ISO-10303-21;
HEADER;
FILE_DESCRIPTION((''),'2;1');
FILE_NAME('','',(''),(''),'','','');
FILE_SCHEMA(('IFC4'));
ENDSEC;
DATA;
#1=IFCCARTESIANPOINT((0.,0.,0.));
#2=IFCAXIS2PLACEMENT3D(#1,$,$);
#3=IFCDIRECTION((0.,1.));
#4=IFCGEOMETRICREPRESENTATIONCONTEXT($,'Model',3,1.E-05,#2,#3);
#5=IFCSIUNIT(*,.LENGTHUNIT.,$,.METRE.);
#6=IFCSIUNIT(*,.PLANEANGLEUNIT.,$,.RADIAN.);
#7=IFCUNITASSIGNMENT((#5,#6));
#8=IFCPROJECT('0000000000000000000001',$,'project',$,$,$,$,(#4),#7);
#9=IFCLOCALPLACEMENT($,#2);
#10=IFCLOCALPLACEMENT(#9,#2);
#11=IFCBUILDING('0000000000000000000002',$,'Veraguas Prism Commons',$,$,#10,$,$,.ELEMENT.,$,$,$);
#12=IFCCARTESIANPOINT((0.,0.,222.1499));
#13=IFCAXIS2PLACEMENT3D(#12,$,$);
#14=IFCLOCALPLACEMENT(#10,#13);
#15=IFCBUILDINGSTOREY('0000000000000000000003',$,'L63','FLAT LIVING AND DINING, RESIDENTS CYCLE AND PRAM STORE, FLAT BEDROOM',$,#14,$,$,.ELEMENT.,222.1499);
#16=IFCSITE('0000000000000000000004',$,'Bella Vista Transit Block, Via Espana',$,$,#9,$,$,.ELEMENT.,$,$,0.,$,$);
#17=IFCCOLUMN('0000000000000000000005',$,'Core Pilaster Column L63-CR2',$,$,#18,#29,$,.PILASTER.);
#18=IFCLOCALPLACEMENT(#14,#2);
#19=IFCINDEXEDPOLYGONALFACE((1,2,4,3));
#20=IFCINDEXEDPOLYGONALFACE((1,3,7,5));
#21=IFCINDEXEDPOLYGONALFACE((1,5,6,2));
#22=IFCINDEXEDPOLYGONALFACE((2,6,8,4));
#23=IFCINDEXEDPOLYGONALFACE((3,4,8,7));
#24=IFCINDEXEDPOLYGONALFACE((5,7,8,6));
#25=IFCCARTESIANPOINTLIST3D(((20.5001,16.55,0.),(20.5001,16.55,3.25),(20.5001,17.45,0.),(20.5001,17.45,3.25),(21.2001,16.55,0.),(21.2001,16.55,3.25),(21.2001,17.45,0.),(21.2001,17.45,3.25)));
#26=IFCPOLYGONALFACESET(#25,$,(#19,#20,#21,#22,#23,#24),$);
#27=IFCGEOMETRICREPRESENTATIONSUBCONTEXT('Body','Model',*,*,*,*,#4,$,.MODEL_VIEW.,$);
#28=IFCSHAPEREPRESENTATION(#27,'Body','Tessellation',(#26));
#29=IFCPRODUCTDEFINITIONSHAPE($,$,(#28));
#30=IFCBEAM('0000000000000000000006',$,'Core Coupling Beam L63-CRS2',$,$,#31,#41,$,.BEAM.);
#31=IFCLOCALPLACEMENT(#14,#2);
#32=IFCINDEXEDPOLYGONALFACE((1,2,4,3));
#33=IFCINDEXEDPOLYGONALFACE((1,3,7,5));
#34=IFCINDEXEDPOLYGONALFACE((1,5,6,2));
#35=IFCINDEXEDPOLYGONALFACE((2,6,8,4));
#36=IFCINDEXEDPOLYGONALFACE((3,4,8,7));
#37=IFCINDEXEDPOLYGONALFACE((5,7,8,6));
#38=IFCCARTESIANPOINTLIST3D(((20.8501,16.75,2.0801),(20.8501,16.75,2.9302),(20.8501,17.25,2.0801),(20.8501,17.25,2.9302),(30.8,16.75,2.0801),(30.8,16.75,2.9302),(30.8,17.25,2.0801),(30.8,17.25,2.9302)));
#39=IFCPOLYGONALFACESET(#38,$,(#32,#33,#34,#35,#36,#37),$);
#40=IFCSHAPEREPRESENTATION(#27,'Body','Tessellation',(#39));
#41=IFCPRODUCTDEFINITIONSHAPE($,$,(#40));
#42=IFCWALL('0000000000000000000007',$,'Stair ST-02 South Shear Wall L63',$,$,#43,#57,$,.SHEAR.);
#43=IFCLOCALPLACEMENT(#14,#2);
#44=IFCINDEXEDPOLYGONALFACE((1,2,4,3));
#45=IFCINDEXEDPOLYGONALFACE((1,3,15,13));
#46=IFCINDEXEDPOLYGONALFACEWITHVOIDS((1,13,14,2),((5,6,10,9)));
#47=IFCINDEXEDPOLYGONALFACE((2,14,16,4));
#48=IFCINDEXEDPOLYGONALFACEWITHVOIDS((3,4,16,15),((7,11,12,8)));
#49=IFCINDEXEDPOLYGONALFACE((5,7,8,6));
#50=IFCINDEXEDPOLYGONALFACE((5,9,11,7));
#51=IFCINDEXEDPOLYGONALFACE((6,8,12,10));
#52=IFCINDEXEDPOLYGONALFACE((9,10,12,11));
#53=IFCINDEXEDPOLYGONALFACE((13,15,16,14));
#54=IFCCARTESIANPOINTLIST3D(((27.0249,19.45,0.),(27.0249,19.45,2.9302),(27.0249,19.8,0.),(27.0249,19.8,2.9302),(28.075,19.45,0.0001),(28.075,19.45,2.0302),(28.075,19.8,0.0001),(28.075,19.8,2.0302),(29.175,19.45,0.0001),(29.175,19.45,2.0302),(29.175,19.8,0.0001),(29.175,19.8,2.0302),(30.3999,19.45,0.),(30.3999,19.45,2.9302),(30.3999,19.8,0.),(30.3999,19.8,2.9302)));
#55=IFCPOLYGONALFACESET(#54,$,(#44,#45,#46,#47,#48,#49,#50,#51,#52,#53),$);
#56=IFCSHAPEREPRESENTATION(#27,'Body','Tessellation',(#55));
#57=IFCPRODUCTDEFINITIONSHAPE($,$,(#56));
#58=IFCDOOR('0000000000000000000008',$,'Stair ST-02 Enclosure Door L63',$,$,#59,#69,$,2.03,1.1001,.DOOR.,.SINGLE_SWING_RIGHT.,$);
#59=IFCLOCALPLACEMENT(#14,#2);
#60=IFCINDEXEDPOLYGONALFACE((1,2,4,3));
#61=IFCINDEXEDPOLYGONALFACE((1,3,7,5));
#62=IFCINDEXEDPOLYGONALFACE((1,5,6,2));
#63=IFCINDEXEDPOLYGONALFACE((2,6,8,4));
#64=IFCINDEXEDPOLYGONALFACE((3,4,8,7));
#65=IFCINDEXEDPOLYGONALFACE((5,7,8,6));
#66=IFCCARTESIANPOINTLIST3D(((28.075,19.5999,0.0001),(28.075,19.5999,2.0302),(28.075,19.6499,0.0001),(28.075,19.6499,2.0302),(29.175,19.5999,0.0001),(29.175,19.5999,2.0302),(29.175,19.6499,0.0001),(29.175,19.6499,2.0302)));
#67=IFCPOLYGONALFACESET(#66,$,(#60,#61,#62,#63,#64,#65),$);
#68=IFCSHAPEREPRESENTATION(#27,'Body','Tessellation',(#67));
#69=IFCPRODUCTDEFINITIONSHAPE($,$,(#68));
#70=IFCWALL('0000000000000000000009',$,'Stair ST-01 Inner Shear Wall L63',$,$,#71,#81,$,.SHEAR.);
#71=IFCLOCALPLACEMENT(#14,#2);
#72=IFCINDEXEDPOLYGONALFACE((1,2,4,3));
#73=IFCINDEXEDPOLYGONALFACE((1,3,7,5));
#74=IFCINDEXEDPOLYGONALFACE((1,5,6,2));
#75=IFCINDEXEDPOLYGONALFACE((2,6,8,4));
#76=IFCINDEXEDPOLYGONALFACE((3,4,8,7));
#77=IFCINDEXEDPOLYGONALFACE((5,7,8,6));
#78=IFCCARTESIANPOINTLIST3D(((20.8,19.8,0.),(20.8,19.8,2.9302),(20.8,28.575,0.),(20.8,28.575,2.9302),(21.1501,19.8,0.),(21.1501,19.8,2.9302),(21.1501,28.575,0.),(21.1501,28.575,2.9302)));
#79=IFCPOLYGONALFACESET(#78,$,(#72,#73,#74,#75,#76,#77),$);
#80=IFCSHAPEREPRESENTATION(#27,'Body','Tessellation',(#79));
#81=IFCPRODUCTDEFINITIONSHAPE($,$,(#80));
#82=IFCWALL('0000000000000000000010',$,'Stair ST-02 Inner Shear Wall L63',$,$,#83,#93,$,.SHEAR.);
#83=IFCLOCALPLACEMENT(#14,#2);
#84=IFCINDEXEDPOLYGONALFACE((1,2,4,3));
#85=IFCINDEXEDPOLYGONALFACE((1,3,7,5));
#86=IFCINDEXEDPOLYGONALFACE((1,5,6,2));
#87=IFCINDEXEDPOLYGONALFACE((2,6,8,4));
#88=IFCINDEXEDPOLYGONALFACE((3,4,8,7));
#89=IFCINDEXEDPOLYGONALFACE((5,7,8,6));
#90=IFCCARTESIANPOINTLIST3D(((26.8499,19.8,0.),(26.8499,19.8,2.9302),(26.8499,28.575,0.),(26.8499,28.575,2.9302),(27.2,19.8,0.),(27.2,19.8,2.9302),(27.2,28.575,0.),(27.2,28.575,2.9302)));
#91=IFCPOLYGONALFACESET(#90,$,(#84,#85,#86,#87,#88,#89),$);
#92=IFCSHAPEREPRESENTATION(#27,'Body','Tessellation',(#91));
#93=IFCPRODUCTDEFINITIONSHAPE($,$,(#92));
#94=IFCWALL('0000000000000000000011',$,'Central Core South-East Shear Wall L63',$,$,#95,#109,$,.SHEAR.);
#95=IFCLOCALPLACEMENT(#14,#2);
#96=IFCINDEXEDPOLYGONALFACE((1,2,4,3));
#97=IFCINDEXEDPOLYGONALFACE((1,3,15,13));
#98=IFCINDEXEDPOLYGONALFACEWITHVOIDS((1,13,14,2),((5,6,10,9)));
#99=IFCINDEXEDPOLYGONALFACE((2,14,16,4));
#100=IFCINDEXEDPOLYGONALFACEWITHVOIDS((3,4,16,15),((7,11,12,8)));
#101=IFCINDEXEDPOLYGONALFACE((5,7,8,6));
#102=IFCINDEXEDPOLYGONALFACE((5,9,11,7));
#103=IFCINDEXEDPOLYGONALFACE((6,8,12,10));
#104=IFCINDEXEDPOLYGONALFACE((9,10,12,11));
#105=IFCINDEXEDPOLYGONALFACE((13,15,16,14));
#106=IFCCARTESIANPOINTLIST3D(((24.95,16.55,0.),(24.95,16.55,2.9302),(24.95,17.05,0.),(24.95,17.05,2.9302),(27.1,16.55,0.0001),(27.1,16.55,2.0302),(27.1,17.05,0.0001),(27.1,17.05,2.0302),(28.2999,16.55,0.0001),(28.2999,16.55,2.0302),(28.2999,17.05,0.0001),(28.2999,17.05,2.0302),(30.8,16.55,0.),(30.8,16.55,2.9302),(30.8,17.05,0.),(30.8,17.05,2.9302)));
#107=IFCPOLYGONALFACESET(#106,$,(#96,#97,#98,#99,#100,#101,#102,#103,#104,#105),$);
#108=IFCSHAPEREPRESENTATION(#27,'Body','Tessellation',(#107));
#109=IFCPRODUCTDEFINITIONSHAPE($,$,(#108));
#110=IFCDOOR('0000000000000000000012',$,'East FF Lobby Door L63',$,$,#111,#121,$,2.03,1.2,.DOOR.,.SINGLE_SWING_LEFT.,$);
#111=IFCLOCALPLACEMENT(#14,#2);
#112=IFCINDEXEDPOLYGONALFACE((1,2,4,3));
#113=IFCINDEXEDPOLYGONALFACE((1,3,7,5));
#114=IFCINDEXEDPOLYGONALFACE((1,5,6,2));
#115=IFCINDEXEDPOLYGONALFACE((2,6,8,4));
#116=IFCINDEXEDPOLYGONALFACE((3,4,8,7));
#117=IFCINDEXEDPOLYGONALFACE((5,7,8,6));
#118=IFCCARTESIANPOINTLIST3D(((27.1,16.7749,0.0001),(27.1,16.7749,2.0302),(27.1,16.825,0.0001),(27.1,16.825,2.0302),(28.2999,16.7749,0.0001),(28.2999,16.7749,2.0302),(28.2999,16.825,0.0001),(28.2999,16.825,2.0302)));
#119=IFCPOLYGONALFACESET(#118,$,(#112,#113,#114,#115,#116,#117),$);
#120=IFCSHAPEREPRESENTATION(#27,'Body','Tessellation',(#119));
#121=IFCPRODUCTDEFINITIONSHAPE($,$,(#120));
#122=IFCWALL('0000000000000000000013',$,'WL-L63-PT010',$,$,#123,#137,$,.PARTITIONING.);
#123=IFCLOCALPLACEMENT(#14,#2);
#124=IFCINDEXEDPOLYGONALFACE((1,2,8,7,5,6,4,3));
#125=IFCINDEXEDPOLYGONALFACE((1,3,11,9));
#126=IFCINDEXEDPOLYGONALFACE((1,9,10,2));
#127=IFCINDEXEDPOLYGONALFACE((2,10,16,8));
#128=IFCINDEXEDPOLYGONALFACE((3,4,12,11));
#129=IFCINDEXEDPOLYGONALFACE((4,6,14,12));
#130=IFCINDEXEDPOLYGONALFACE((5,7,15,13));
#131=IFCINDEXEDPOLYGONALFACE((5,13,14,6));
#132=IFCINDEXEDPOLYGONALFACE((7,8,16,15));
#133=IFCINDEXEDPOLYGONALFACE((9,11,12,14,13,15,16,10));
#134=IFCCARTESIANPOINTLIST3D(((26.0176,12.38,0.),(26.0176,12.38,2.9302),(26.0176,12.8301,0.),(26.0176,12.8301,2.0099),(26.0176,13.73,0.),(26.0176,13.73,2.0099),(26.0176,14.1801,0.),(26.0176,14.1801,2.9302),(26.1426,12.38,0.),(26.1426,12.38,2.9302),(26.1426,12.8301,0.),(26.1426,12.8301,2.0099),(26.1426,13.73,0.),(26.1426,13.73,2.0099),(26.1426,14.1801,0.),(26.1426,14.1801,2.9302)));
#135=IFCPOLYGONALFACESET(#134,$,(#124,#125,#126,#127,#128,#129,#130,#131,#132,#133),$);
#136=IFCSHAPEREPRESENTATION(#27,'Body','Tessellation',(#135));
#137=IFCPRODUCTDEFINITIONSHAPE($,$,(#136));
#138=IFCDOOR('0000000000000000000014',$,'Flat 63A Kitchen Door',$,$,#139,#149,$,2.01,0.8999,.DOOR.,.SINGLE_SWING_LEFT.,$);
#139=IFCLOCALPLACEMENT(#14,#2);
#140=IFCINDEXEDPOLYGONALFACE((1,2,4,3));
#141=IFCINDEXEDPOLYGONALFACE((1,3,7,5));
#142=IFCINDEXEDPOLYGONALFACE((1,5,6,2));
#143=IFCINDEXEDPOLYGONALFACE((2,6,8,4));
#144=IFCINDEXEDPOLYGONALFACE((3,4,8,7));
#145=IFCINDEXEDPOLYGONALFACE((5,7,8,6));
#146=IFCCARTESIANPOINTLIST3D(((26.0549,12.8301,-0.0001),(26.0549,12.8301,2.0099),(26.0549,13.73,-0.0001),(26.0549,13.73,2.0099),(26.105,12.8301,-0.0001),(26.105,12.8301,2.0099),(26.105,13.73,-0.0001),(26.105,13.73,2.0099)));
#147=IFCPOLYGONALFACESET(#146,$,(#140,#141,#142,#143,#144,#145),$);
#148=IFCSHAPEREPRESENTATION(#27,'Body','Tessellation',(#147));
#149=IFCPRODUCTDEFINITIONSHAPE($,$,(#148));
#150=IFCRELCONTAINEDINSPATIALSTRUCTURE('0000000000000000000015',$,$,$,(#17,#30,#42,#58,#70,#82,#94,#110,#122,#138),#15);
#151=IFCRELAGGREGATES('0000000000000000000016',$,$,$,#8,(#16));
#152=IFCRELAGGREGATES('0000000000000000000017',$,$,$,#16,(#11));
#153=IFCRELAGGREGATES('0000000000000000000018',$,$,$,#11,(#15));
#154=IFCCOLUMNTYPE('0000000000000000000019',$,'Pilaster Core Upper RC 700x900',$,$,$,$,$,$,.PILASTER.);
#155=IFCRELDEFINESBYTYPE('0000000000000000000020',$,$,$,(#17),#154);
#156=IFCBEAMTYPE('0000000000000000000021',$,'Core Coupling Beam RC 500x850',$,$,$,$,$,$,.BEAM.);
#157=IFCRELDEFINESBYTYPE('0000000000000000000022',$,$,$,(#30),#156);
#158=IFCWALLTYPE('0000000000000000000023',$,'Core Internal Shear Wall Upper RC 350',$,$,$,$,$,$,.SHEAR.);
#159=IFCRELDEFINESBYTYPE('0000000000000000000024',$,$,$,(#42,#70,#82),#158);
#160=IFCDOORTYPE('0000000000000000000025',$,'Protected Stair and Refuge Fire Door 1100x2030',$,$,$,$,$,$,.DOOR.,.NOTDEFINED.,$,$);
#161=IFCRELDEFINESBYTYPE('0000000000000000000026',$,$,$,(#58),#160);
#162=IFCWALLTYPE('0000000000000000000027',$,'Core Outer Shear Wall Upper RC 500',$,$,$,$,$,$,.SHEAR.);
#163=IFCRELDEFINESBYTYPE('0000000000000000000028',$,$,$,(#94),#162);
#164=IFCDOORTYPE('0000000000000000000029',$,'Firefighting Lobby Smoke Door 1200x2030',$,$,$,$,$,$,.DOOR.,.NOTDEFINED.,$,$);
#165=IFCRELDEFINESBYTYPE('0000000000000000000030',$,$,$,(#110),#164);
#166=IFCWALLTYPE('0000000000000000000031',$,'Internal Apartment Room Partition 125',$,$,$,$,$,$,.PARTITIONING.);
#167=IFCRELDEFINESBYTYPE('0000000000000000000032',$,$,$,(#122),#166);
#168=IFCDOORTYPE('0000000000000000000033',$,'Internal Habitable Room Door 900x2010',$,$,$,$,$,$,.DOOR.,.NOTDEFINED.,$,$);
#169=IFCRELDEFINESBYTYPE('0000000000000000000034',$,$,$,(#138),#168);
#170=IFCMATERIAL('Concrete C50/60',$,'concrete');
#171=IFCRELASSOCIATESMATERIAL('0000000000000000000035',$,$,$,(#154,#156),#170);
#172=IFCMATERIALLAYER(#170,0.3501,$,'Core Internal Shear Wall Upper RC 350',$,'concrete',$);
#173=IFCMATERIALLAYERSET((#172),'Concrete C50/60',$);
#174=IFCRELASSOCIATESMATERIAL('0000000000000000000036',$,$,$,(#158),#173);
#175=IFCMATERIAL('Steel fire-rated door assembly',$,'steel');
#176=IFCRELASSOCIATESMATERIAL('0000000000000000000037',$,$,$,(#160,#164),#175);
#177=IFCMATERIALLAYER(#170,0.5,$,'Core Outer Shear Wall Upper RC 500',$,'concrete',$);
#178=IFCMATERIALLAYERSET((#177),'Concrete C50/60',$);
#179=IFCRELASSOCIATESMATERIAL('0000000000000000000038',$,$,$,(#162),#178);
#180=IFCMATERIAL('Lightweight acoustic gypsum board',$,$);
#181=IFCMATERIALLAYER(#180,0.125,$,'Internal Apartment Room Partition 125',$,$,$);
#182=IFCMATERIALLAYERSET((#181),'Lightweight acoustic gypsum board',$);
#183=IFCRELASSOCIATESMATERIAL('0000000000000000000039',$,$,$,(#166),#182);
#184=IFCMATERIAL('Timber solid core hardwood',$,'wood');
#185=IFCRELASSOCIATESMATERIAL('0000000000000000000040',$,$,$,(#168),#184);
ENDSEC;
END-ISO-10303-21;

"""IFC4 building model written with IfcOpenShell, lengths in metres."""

from ifc_helpers import new_model, si_unit, direction, frame, frame_2d, origin, origin_2d, place, context, subcontext, project, spatial, rectangle, extrude, source, transform, mapped, material, layer, layer_set, material_profile, profile_set, type_object, element, fill, save


model = new_model("IFC4")

# Units and contexts
model_context = context("Model", 3, precision=1e-05, world=origin(), true_north=direction((0.0, 1.0)))
body_context = subcontext(model_context, "Body", "Model", "MODEL_VIEW")
ifc_project = project(units=[si_unit("LENGTHUNIT", "METRE"), si_unit("PLANEANGLEUNIT", "RADIAN")], contexts=[model_context])

# Site, building, storey
site_placement = place(None, origin())
site = spatial("IfcSite", under=ifc_project, at=site_placement, Name="Bella Vista Transit Block, Via Espana", CompositionType="ELEMENT", RefElevation=0.0)
building_placement = place(site_placement, origin())
building = spatial("IfcBuilding", under=site, at=building_placement, Name="Veraguas Prism Commons", CompositionType="ELEMENT")
storey_placement = place(building_placement, frame((0.0, 0.0, 222.1499)))
storey = spatial("IfcBuildingStorey", under=building, at=storey_placement, Name="L63", Description="FLAT LIVING AND DINING, RESIDENTS CYCLE AND PRAM STORE, FLAT BEDROOM", CompositionType="ELEMENT", Elevation=222.1499)

# Column
ifc_material_1 = material(Name="Concrete C50/60", Category="concrete")
ifc_material_profile_1 = material_profile(ifc_material_1, rectangle(XDim=0.7, YDim=0.8999, at=origin_2d()), Name="RC700X900")
ifc_profile_set_1 = profile_set([ifc_material_profile_1], Name="Concrete C50/60")
column_type = type_object("IfcColumnType", Name="Pilaster Core Upper RC 700x900", PredefinedType="PILASTER", material=ifc_profile_set_1)
column_placement = place(storey_placement, frame((20.8501, 17.0, 0.0), z_axis=(0.0, 0.0, 1.0), x_axis=(1.0, 0.0, 0.0)))
element("IfcColumn", 1, at=column_placement, inside=storey, type_object=column_type, Name="Core Pilaster Column L63-CR2", PredefinedType="PILASTER", context=body_context, shape_type="SweptSolid", body=[
    extrude(rectangle(XDim=0.7, YDim=0.8999, at=origin_2d()), origin(), (0.0, 0.0, 1.0), 3.25),
])

# Beam
ifc_material_profile_2 = material_profile(ifc_material_1, rectangle(XDim=0.5, YDim=0.8501, at=origin_2d()), Name="RC500X850")
ifc_profile_set_2 = profile_set([ifc_material_profile_2], Name="Concrete C50/60")
beam_type = type_object("IfcBeamType", Name="Core Coupling Beam RC 500x850", PredefinedType="BEAM", material=ifc_profile_set_2)
beam_placement = place(storey_placement, frame((20.8501, 17.0, 2.5051), z_axis=(1.0, 0.0, 0.0), x_axis=(0.0, 1.0, 0.0)))
element("IfcBeam", 2, at=beam_placement, inside=storey, type_object=beam_type, Name="Core Coupling Beam L63-CRS2", PredefinedType="BEAM", context=body_context, shape_type="SweptSolid", body=[
    extrude(rectangle(XDim=0.5, YDim=0.8501, at=origin_2d()), origin(), (0.0, 0.0, 1.0), 9.95),
])

# Wall, opening, door
ifc_layer_1 = layer(ifc_material_1, 0.3501, Name="Core Internal Shear Wall Upper RC 350", Category="concrete")
ifc_layer_set_1 = layer_set([ifc_layer_1], Name="Concrete C50/60")
wall_type_1 = type_object("IfcWallType", Name="Core Internal Shear Wall Upper RC 350", PredefinedType="SHEAR", material=ifc_layer_set_1)
wall_1_placement = place(storey_placement, frame((27.0249, 19.625, 0.0), z_axis=(0.0, 0.0, 1.0), x_axis=(1.0, 0.0, 0.0)))
wall_1 = element("IfcWall", 3, at=wall_1_placement, inside=storey, type_object=wall_type_1, Name="Stair ST-02 South Shear Wall L63", PredefinedType="SHEAR", context=body_context, shape_type="SweptSolid", body=[
    extrude(rectangle(XDim=3.375, YDim=0.3501, at=frame_2d((1.6875, 0.0))), origin(), (0.0, 0.0, 1.0), 2.9302),
])
opening_1_placement = place(wall_1_placement, frame((1.05, 0.0, 0.0)))
opening_1 = element("IfcOpeningElement", 4, at=opening_1_placement, cuts=wall_1, PredefinedType="OPENING", context=body_context, shape_type="SweptSolid", body=[
    extrude(rectangle(XDim=1.1001, YDim=2.03, at=frame_2d((0.55, 1.0151))), frame((0.0, 0.1851, 0.0), z_axis=(0.0, -1.0, 0.0), x_axis=(1.0, 0.0, 0.0)), (0.0, 0.0, 1.0), 0.3701),
])
ifc_material_2 = material(Name="Steel fire-rated door assembly", Category="steel")
door_type_1 = type_object("IfcDoorType", Name="Protected Stair and Refuge Fire Door 1100x2030", OperationType="NOTDEFINED", PredefinedType="DOOR", material=ifc_material_2)
shared_shape_1 = source(origin(), body_context, "Body", "SweptSolid", [
    extrude(rectangle(XDim=1.1001, YDim=2.03, at=frame_2d((0.55, 1.0151))), frame((0.0, 0.0249, 0.0), z_axis=(0.0, -1.0, 0.0), x_axis=(1.0, 0.0, 0.0)), (0.0, 0.0, 1.0), 0.05),
])
door_1_placement = place(opening_1_placement, origin())
door_1 = element("IfcDoor", 5, at=door_1_placement, inside=storey, type_object=door_type_1, Name="Stair ST-02 Enclosure Door L63", OperationType="SINGLE_SWING_RIGHT", OverallHeight=2.03, OverallWidth=1.1001, PredefinedType="DOOR", context=body_context, shape_type="MappedRepresentation", body=[
    mapped(shared_shape_1, transform((0.0, 0.0, 0.0), scale=1.0)),
])
fill(opening_1, door_1)

# Walls
for number, where, z_axis, x_axis, name in (
    (6, (20.9751, 19.8, 0.0), (0.0, 0.0, 1.0), (0.0, 1.0, 0.0), "Stair ST-01 Inner Shear Wall L63"),
    (7, (27.0249, 19.8, 0.0), (0.0, 0.0, 1.0), (0.0, 1.0, 0.0), "Stair ST-02 Inner Shear Wall L63"),
):
    element("IfcWall", number, at=place(storey_placement, frame(where, z_axis=z_axis, x_axis=x_axis)), inside=storey, type_object=wall_type_1, Name=name, PredefinedType="SHEAR", context=body_context, shape_type="SweptSolid", body=[
        extrude(rectangle(XDim=8.7749, YDim=0.3501, at=frame_2d((4.3875, 0.0))), origin(), (0.0, 0.0, 1.0), 2.9302),
    ])

# Walls, openings, doors
ifc_layer_2 = layer(ifc_material_1, 0.5, Name="Core Outer Shear Wall Upper RC 500", Category="concrete")
ifc_layer_set_2 = layer_set([ifc_layer_2], Name="Concrete C50/60")
wall_type_2 = type_object("IfcWallType", Name="Core Outer Shear Wall Upper RC 500", PredefinedType="SHEAR", material=ifc_layer_set_2)
wall_2_placement = place(storey_placement, frame((24.95, 16.8, 0.0), z_axis=(0.0, 0.0, 1.0), x_axis=(1.0, 0.0, 0.0)))
wall_2 = element("IfcWall", 8, at=wall_2_placement, inside=storey, type_object=wall_type_2, Name="Central Core South-East Shear Wall L63", PredefinedType="SHEAR", context=body_context, shape_type="SweptSolid", body=[
    extrude(rectangle(XDim=5.8501, YDim=0.5, at=frame_2d((2.925, 0.0))), origin(), (0.0, 0.0, 1.0), 2.9302),
])
opening_2_placement = place(wall_2_placement, frame((2.1499, 0.0, 0.0)))
opening_2 = element("IfcOpeningElement", 9, at=opening_2_placement, cuts=wall_2, PredefinedType="OPENING", context=body_context, shape_type="SweptSolid", body=[
    extrude(rectangle(XDim=1.2, YDim=2.03, at=frame_2d((0.6001, 1.0151))), frame((0.0, 0.26, 0.0), z_axis=(0.0, -1.0, 0.0), x_axis=(1.0, 0.0, 0.0)), (0.0, 0.0, 1.0), 0.52),
])
door_type_2 = type_object("IfcDoorType", Name="Firefighting Lobby Smoke Door 1200x2030", OperationType="NOTDEFINED", PredefinedType="DOOR", material=ifc_material_2)
shared_shape_2 = source(origin(), body_context, "Body", "SweptSolid", [
    extrude(rectangle(XDim=1.2, YDim=2.03, at=frame_2d((0.6001, 1.0151))), frame((0.0, 0.0249, 0.0), z_axis=(0.0, -1.0, 0.0), x_axis=(1.0, 0.0, 0.0)), (0.0, 0.0, 1.0), 0.05),
])
door_2_placement = place(opening_2_placement, origin())
door_2 = element("IfcDoor", 10, at=door_2_placement, inside=storey, type_object=door_type_2, Name="East FF Lobby Door L63", OperationType="SINGLE_SWING_LEFT", OverallHeight=2.03, OverallWidth=1.2, PredefinedType="DOOR", context=body_context, shape_type="MappedRepresentation", body=[
    mapped(shared_shape_2, transform((0.0, 0.0, 0.0), scale=1.0)),
])
fill(opening_2, door_2)
ifc_material_3 = material(Name="Lightweight acoustic gypsum board")
ifc_layer_3 = layer(ifc_material_3, 0.125, Name="Internal Apartment Room Partition 125")
ifc_layer_set_3 = layer_set([ifc_layer_3], Name="Lightweight acoustic gypsum board")
wall_type_3 = type_object("IfcWallType", Name="Internal Apartment Room Partition 125", PredefinedType="PARTITIONING", material=ifc_layer_set_3)
wall_3_placement = place(storey_placement, frame((26.0801, 14.1799, 0.0), z_axis=(0.0, 0.0, 1.0), x_axis=(0.0, -1.0, 0.0)))
wall_3 = element("IfcWall", 11, at=wall_3_placement, inside=storey, type_object=wall_type_3, Name="WL-L63-PT010", PredefinedType="PARTITIONING", context=body_context, shape_type="SweptSolid", body=[
    extrude(rectangle(XDim=1.8, YDim=0.125, at=frame_2d((0.8999, 0.0))), origin(), (0.0, 0.0, 1.0), 2.9302),
])
opening_3_placement = place(wall_3_placement, frame((0.45, 0.0, 0.0)))
opening_3 = element("IfcOpeningElement", 12, at=opening_3_placement, cuts=wall_3, PredefinedType="OPENING", context=body_context, shape_type="SweptSolid", body=[
    extrude(rectangle(XDim=0.8999, YDim=2.01, at=frame_2d((0.45, 1.0049))), frame((0.0, 0.0725, 0.0), z_axis=(0.0, -1.0, 0.0), x_axis=(1.0, 0.0, 0.0)), (0.0, 0.0, 1.0), 0.145),
])
ifc_material_4 = material(Name="Timber solid core hardwood", Category="wood")
door_type_3 = type_object("IfcDoorType", Name="Internal Habitable Room Door 900x2010", OperationType="NOTDEFINED", PredefinedType="DOOR", material=ifc_material_4)
shared_shape_3 = source(origin(), body_context, "Body", "SweptSolid", [
    extrude(rectangle(XDim=0.8999, YDim=2.01, at=frame_2d((0.45, 1.0049))), frame((0.0, 0.0249, 0.0), z_axis=(0.0, -1.0, 0.0), x_axis=(1.0, 0.0, 0.0)), (0.0, 0.0, 1.0), 0.05),
])
door_3_placement = place(opening_3_placement, origin())
door_3 = element("IfcDoor", 13, at=door_3_placement, inside=storey, type_object=door_type_3, Name="Flat 63A Kitchen Door", OperationType="SINGLE_SWING_LEFT", OverallHeight=2.01, OverallWidth=0.8999, PredefinedType="DOOR", context=body_context, shape_type="MappedRepresentation", body=[
    mapped(shared_shape_3, transform((0.0, 0.0, 0.0), scale=1.0)),
])
fill(opening_3, door_3)

save(model, "model.ifc")
